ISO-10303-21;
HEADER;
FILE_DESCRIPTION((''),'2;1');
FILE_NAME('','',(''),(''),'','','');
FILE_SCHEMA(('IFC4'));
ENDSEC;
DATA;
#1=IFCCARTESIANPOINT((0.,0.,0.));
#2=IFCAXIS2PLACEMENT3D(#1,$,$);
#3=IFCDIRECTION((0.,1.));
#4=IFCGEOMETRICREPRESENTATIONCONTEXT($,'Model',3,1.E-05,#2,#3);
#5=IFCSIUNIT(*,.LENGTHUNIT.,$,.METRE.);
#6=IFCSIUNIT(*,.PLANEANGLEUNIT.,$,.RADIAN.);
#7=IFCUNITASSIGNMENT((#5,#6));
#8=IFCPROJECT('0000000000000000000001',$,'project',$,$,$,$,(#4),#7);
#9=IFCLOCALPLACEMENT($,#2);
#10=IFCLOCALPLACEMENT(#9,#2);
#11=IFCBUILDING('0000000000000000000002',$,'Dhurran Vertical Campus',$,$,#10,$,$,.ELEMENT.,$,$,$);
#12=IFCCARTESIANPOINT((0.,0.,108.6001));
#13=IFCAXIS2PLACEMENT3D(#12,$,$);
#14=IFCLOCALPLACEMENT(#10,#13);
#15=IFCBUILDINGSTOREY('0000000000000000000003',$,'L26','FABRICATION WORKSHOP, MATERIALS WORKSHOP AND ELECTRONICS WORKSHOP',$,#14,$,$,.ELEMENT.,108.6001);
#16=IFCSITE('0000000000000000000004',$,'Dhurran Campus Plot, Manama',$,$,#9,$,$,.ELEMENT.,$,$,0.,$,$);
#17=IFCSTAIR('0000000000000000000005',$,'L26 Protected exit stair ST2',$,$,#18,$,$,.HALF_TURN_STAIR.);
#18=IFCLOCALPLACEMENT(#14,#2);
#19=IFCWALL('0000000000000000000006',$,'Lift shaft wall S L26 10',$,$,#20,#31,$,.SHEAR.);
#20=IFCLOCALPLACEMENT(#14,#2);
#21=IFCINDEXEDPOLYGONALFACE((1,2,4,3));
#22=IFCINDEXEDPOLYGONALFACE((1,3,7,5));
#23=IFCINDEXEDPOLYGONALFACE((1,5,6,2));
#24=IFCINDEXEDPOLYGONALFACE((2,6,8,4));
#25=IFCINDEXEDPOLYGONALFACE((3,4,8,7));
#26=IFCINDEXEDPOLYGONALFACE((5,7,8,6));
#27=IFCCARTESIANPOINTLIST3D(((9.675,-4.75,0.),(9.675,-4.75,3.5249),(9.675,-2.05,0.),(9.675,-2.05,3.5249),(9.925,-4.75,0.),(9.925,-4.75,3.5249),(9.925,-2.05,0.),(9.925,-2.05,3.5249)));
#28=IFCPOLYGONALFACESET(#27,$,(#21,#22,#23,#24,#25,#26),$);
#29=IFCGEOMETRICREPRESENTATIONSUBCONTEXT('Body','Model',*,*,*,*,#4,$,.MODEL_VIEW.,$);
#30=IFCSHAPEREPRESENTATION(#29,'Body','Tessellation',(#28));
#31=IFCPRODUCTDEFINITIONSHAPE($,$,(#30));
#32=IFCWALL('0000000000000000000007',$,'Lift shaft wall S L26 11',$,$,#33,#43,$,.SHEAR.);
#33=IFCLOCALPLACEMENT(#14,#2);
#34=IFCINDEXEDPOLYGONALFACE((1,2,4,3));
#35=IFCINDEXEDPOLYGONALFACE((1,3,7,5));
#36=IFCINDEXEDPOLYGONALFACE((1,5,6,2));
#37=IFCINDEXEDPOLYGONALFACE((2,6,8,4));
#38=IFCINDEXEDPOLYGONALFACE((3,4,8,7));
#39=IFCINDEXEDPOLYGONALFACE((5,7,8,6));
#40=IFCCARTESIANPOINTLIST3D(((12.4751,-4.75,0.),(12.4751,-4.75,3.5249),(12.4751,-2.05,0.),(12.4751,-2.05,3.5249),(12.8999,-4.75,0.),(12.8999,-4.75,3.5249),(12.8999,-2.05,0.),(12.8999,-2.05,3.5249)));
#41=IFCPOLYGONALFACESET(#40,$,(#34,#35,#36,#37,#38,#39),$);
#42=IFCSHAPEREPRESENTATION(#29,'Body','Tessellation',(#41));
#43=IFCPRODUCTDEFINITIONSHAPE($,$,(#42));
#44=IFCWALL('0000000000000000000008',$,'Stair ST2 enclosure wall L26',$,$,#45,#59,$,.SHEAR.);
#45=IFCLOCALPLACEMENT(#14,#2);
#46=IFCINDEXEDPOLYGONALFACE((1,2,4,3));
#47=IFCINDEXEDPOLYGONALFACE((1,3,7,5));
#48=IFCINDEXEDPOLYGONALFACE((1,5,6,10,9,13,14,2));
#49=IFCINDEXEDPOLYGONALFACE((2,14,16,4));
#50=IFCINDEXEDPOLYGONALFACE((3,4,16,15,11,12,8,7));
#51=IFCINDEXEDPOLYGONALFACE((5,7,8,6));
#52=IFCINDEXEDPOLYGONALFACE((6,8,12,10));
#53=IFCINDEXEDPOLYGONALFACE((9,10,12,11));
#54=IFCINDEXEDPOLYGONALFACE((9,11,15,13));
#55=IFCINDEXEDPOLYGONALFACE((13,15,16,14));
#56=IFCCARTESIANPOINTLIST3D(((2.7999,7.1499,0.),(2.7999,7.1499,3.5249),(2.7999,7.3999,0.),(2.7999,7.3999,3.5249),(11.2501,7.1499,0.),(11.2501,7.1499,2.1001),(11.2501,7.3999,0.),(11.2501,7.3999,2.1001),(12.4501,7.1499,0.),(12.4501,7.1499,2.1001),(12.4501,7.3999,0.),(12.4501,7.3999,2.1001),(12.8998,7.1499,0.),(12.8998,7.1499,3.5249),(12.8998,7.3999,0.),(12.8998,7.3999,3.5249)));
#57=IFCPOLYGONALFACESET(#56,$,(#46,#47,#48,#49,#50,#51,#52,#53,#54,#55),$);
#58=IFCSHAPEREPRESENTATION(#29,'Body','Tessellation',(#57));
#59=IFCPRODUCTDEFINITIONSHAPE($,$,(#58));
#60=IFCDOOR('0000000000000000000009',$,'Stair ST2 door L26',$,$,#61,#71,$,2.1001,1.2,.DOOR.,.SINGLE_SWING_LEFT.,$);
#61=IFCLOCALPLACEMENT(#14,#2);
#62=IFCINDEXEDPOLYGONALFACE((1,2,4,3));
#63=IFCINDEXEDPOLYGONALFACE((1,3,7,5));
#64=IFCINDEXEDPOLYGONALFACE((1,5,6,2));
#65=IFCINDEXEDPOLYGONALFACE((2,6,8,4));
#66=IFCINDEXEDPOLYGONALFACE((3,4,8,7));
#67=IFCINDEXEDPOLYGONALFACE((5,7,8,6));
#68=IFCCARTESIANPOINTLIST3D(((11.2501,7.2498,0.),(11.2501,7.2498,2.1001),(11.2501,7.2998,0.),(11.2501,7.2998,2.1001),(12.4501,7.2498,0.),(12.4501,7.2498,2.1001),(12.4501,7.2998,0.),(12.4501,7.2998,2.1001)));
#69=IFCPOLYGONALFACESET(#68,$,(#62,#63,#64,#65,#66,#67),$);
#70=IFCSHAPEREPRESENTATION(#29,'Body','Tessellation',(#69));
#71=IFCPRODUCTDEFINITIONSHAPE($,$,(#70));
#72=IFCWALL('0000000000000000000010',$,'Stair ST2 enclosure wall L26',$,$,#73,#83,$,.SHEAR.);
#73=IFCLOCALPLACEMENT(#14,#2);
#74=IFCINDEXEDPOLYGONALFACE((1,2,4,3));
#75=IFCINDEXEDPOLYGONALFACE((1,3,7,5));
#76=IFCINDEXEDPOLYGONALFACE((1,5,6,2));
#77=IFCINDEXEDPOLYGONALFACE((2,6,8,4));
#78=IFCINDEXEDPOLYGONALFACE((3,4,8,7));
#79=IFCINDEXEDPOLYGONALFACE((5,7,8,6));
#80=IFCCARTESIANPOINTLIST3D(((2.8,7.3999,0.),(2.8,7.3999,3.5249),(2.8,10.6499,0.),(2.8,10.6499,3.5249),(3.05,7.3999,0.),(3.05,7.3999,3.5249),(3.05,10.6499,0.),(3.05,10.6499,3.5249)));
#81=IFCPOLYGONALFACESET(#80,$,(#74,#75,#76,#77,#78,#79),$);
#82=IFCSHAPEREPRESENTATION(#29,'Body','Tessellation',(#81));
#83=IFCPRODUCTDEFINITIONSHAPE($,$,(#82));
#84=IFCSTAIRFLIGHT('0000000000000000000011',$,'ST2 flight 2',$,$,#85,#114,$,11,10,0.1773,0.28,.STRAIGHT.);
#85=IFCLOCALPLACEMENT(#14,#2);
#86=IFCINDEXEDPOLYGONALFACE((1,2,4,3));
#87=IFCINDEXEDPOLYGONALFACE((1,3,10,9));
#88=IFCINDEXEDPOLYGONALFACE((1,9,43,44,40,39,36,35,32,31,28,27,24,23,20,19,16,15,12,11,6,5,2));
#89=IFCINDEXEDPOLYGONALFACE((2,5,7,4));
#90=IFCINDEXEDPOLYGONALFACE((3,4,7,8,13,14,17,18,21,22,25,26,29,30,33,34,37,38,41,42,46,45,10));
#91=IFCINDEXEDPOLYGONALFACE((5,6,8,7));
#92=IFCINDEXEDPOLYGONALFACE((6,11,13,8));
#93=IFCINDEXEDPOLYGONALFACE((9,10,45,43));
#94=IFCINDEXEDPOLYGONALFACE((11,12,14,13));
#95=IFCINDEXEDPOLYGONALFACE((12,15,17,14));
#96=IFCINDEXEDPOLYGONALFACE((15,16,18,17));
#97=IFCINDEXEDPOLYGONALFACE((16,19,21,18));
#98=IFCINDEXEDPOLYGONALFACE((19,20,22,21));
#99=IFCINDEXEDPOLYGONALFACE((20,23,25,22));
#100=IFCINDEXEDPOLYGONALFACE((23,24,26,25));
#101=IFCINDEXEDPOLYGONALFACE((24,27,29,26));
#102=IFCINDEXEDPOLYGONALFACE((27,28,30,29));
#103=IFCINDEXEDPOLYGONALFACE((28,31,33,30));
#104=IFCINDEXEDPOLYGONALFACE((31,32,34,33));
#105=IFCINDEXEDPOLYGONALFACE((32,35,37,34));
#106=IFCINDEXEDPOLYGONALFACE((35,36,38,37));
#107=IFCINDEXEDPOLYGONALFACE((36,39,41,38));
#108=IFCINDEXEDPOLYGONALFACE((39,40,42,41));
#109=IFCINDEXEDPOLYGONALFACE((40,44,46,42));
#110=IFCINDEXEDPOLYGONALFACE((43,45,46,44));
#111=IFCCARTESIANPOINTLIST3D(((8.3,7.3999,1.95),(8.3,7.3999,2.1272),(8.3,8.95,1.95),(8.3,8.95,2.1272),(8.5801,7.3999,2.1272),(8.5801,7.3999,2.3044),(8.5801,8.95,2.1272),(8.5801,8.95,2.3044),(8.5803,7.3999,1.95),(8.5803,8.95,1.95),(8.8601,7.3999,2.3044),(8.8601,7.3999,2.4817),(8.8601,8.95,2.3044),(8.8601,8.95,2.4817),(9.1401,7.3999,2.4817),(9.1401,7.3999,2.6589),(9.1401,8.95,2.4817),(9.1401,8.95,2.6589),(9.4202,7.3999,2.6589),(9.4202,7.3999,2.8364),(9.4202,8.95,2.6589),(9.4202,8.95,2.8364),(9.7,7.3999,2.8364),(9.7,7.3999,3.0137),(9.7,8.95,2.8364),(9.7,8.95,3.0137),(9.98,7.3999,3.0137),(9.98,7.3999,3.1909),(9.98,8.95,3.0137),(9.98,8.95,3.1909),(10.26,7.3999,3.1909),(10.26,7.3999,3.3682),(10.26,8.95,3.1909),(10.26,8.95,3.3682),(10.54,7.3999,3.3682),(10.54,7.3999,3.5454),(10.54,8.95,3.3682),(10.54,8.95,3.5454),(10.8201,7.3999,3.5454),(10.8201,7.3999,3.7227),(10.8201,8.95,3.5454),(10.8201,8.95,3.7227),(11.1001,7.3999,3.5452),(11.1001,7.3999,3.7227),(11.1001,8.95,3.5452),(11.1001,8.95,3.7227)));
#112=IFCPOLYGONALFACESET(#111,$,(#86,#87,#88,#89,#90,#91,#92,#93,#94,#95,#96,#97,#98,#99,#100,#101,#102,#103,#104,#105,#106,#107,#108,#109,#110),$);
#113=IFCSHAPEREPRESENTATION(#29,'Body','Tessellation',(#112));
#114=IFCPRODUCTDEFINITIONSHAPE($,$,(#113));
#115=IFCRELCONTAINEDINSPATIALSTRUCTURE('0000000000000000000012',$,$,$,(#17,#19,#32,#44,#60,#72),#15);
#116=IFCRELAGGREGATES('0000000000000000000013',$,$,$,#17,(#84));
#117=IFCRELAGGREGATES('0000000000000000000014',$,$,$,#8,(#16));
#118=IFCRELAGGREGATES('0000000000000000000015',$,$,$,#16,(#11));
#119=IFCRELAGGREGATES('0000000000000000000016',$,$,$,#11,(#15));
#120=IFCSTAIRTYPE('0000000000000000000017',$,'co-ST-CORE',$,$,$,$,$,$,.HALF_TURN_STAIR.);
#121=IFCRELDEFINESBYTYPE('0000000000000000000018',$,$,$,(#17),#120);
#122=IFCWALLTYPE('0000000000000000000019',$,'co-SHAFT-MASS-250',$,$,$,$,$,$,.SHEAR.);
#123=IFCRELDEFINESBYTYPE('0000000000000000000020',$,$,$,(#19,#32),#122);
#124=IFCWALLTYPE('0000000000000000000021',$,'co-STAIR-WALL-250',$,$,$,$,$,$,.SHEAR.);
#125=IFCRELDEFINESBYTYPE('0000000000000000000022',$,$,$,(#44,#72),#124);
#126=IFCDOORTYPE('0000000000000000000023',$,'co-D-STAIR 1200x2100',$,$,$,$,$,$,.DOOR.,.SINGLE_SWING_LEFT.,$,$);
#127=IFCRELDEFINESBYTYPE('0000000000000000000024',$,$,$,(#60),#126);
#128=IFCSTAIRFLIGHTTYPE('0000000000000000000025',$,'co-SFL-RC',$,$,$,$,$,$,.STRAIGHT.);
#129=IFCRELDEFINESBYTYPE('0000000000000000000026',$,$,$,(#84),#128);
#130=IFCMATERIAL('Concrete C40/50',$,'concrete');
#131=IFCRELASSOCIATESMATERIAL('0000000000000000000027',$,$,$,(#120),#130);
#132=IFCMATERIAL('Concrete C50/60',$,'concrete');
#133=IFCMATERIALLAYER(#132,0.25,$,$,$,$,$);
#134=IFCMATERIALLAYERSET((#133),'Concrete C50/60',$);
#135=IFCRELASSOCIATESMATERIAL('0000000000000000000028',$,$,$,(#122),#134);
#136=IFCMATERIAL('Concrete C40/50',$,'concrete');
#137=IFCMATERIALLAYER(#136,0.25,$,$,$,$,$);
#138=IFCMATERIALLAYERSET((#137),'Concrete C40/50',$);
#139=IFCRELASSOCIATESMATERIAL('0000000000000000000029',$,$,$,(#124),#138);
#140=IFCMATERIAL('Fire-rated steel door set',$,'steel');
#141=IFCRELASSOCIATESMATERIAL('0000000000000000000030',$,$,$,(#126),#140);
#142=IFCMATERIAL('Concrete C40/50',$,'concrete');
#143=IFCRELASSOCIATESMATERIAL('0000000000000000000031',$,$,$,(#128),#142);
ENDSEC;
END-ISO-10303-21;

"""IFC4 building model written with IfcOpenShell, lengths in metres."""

from ifc_helpers import new_model, si_unit, direction, frame, frame_2d, origin, place, context, subcontext, project, spatial, polyline, rectangle, outline, extrude, material, layer, layer_set, type_object, element, fill, aggregate, save


model = new_model("IFC4")

# Units and contexts
model_context = context("Model", 3, precision=1e-05, world=origin(), true_north=direction((0.0, 1.0)))
body_context = subcontext(model_context, "Body", "Model", "MODEL_VIEW")
ifc_project = project(units=[si_unit("LENGTHUNIT", "METRE"), si_unit("PLANEANGLEUNIT", "RADIAN")], contexts=[model_context])

# Site, building, storey
site_placement = place(None, origin())
site = spatial("IfcSite", under=ifc_project, at=site_placement, Name="Dhurran Campus Plot, Manama", CompositionType="ELEMENT", RefElevation=0.0)
building_placement = place(site_placement, origin())
building = spatial("IfcBuilding", under=site, at=building_placement, Name="Dhurran Vertical Campus", CompositionType="ELEMENT")
storey_placement = place(building_placement, frame((0.0, 0.0, 108.6001)))
storey = spatial("IfcBuildingStorey", under=building, at=storey_placement, Name="L26", Description="FABRICATION WORKSHOP, MATERIALS WORKSHOP AND ELECTRONICS WORKSHOP", CompositionType="ELEMENT", Elevation=108.6001)

# Stair
ifc_material_1 = material(Name="Concrete C40/50", Category="concrete")
stair_type = type_object("IfcStairType", Name="co-ST-CORE", PredefinedType="HALF_TURN_STAIR", material=ifc_material_1)
stair_1_placement = place(storey_placement, origin())
stair_1 = element("IfcStair", 1, at=stair_1_placement, inside=storey, type_object=stair_type, Name="L26 Protected exit stair ST2", PredefinedType="HALF_TURN_STAIR")

# Walls
ifc_material_2 = material(Name="Concrete C50/60", Category="concrete")
ifc_layer_1 = layer(ifc_material_2, 0.25)
ifc_layer_set_1 = layer_set([ifc_layer_1], Name="Concrete C50/60")
wall_type_1 = type_object("IfcWallType", Name="co-SHAFT-MASS-250", PredefinedType="SHEAR", material=ifc_layer_set_1)
wall_1_placement = place(storey_placement, origin())
element("IfcWall", 2, at=wall_1_placement, inside=storey, type_object=wall_type_1, Name="Lift shaft wall S L26 10", PredefinedType="SHEAR", context=body_context, shape_type="SweptSolid", body=[
    extrude(outline(polyline([(9.675, -4.75), (9.925, -4.75), (9.925, -2.05), (9.675, -2.05), (9.675, -4.75)])), origin(), (0.0, 0.0, 1.0), 3.5249),
])
wall_2_placement = place(storey_placement, origin())
element("IfcWall", 3, at=wall_2_placement, inside=storey, type_object=wall_type_1, Name="Lift shaft wall S L26 11", PredefinedType="SHEAR", context=body_context, shape_type="SweptSolid", body=[
    extrude(outline(polyline([(12.4751, -4.75), (12.8999, -4.75), (12.8999, -2.05), (12.4751, -2.05), (12.4751, -4.75)])), origin(), (0.0, 0.0, 1.0), 3.5249),
])

# Wall, opening, door
ifc_material_3 = material(Name="Concrete C40/50", Category="concrete")
ifc_layer_2 = layer(ifc_material_3, 0.25)
ifc_layer_set_2 = layer_set([ifc_layer_2], Name="Concrete C40/50")
wall_type_2 = type_object("IfcWallType", Name="co-STAIR-WALL-250", PredefinedType="SHEAR", material=ifc_layer_set_2)
wall_3_placement = place(storey_placement, frame((2.8, 7.2749, 0.0), z_axis=(0.0, 0.0, 1.0), x_axis=(1.0, 0.0, 0.0)))
wall_3 = element("IfcWall", 4, at=wall_3_placement, inside=storey, type_object=wall_type_2, Name="Stair ST2 enclosure wall L26", PredefinedType="SHEAR", context=body_context, shape_type="SweptSolid", body=[
    extrude(rectangle(XDim=10.0999, YDim=0.25, at=frame_2d((5.0498, 0.0))), origin(), (0.0, 0.0, 1.0), 3.5249),
])
opening_1_placement = place(wall_3_placement, frame((8.45, 0.0, 0.0)))
opening_1 = element("IfcOpeningElement", 5, at=opening_1_placement, cuts=wall_3, PredefinedType="OPENING", context=body_context, shape_type="SweptSolid", body=[
    extrude(rectangle(XDim=1.2, YDim=2.1001, at=frame_2d((0.6001, 1.05))), frame((0.0, 0.135, 0.0), z_axis=(0.0, -1.0, 0.0), x_axis=(1.0, 0.0, 0.0)), (0.0, 0.0, 1.0), 0.27),
])
ifc_material_4 = material(Name="Fire-rated steel door set", Category="steel")
door_type_1 = type_object("IfcDoorType", Name="co-D-STAIR 1200x2100", OperationType="SINGLE_SWING_LEFT", PredefinedType="DOOR", material=ifc_material_4)
door_1_placement = place(opening_1_placement, origin())
door_1 = element("IfcDoor", 6, at=door_1_placement, inside=storey, type_object=door_type_1, Name="Stair ST2 door L26", OperationType="SINGLE_SWING_LEFT", OverallHeight=2.1001, OverallWidth=1.2, PredefinedType="DOOR", context=body_context, shape_type="SweptSolid", body=[
    extrude(rectangle(XDim=1.2, YDim=2.1001, at=frame_2d((0.6001, 1.05))), frame((0.0, 0.0249, 0.0), z_axis=(0.0, -1.0, 0.0), x_axis=(1.0, 0.0, 0.0)), (0.0, 0.0, 1.0), 0.05),
])
fill(opening_1, door_1)

# Wall
wall_4_placement = place(storey_placement, frame((2.925, 7.3999, 0.0), z_axis=(0.0, 0.0, 1.0), x_axis=(0.0, 1.0, 0.0)))
element("IfcWall", 7, at=wall_4_placement, inside=storey, type_object=wall_type_2, Name="Stair ST2 enclosure wall L26", PredefinedType="SHEAR", context=body_context, shape_type="SweptSolid", body=[
    extrude(rectangle(XDim=3.25, YDim=0.25, at=frame_2d((1.625, 0.0))), origin(), (0.0, 0.0, 1.0), 3.5249),
])

# Stair flight
ifc_material_5 = material(Name="Concrete C40/50", Category="concrete")
stair_flight_type = type_object("IfcStairFlightType", Name="co-SFL-RC", PredefinedType="STRAIGHT", material=ifc_material_5)
stair_flight_placement = place(storey_placement, frame((8.3, 8.175, 1.95), z_axis=(0.0, 0.0, 1.0), x_axis=(1.0, 0.0, 0.0)))
stair_flight = element("IfcStairFlight", 8, at=stair_flight_placement, type_object=stair_flight_type, Name="ST2 flight 2", NumberOfRisers=11, NumberOfTreads=10, PredefinedType="STRAIGHT", RiserHeight=0.1773, TreadLength=0.28, context=body_context, shape_type="SweptSolid", body=[
    extrude(outline(polyline([(0.0, 0.0), (0.0, 0.1772), (0.28, 0.1772), (0.28, 0.3545), (0.5601, 0.3545), (0.5601, 0.5317), (0.8401, 0.5317), (0.8401, 0.709), (1.1201, 0.709), (1.1201, 0.8865), (1.3999, 0.8865), (1.3999, 1.0637), (1.6799, 1.0637), (1.6799, 1.241), (1.96, 1.241), (1.96, 1.4182), (2.24, 1.4182), (2.24, 1.5955), (2.52, 1.5955), (2.52, 1.7727), (2.8, 1.7727), (2.8, 1.95), (2.8, 1.5952), (0.2803, 0.0), (0.0, 0.0)])), frame((0.0, 0.7749, 0.0), z_axis=(0.0, -1.0, 0.0), x_axis=(1.0, 0.0, 0.0)), (0.0, 0.0, 1.0), 1.55),
])
aggregate(stair_1, [stair_flight])

save(model, "model.ifc")
